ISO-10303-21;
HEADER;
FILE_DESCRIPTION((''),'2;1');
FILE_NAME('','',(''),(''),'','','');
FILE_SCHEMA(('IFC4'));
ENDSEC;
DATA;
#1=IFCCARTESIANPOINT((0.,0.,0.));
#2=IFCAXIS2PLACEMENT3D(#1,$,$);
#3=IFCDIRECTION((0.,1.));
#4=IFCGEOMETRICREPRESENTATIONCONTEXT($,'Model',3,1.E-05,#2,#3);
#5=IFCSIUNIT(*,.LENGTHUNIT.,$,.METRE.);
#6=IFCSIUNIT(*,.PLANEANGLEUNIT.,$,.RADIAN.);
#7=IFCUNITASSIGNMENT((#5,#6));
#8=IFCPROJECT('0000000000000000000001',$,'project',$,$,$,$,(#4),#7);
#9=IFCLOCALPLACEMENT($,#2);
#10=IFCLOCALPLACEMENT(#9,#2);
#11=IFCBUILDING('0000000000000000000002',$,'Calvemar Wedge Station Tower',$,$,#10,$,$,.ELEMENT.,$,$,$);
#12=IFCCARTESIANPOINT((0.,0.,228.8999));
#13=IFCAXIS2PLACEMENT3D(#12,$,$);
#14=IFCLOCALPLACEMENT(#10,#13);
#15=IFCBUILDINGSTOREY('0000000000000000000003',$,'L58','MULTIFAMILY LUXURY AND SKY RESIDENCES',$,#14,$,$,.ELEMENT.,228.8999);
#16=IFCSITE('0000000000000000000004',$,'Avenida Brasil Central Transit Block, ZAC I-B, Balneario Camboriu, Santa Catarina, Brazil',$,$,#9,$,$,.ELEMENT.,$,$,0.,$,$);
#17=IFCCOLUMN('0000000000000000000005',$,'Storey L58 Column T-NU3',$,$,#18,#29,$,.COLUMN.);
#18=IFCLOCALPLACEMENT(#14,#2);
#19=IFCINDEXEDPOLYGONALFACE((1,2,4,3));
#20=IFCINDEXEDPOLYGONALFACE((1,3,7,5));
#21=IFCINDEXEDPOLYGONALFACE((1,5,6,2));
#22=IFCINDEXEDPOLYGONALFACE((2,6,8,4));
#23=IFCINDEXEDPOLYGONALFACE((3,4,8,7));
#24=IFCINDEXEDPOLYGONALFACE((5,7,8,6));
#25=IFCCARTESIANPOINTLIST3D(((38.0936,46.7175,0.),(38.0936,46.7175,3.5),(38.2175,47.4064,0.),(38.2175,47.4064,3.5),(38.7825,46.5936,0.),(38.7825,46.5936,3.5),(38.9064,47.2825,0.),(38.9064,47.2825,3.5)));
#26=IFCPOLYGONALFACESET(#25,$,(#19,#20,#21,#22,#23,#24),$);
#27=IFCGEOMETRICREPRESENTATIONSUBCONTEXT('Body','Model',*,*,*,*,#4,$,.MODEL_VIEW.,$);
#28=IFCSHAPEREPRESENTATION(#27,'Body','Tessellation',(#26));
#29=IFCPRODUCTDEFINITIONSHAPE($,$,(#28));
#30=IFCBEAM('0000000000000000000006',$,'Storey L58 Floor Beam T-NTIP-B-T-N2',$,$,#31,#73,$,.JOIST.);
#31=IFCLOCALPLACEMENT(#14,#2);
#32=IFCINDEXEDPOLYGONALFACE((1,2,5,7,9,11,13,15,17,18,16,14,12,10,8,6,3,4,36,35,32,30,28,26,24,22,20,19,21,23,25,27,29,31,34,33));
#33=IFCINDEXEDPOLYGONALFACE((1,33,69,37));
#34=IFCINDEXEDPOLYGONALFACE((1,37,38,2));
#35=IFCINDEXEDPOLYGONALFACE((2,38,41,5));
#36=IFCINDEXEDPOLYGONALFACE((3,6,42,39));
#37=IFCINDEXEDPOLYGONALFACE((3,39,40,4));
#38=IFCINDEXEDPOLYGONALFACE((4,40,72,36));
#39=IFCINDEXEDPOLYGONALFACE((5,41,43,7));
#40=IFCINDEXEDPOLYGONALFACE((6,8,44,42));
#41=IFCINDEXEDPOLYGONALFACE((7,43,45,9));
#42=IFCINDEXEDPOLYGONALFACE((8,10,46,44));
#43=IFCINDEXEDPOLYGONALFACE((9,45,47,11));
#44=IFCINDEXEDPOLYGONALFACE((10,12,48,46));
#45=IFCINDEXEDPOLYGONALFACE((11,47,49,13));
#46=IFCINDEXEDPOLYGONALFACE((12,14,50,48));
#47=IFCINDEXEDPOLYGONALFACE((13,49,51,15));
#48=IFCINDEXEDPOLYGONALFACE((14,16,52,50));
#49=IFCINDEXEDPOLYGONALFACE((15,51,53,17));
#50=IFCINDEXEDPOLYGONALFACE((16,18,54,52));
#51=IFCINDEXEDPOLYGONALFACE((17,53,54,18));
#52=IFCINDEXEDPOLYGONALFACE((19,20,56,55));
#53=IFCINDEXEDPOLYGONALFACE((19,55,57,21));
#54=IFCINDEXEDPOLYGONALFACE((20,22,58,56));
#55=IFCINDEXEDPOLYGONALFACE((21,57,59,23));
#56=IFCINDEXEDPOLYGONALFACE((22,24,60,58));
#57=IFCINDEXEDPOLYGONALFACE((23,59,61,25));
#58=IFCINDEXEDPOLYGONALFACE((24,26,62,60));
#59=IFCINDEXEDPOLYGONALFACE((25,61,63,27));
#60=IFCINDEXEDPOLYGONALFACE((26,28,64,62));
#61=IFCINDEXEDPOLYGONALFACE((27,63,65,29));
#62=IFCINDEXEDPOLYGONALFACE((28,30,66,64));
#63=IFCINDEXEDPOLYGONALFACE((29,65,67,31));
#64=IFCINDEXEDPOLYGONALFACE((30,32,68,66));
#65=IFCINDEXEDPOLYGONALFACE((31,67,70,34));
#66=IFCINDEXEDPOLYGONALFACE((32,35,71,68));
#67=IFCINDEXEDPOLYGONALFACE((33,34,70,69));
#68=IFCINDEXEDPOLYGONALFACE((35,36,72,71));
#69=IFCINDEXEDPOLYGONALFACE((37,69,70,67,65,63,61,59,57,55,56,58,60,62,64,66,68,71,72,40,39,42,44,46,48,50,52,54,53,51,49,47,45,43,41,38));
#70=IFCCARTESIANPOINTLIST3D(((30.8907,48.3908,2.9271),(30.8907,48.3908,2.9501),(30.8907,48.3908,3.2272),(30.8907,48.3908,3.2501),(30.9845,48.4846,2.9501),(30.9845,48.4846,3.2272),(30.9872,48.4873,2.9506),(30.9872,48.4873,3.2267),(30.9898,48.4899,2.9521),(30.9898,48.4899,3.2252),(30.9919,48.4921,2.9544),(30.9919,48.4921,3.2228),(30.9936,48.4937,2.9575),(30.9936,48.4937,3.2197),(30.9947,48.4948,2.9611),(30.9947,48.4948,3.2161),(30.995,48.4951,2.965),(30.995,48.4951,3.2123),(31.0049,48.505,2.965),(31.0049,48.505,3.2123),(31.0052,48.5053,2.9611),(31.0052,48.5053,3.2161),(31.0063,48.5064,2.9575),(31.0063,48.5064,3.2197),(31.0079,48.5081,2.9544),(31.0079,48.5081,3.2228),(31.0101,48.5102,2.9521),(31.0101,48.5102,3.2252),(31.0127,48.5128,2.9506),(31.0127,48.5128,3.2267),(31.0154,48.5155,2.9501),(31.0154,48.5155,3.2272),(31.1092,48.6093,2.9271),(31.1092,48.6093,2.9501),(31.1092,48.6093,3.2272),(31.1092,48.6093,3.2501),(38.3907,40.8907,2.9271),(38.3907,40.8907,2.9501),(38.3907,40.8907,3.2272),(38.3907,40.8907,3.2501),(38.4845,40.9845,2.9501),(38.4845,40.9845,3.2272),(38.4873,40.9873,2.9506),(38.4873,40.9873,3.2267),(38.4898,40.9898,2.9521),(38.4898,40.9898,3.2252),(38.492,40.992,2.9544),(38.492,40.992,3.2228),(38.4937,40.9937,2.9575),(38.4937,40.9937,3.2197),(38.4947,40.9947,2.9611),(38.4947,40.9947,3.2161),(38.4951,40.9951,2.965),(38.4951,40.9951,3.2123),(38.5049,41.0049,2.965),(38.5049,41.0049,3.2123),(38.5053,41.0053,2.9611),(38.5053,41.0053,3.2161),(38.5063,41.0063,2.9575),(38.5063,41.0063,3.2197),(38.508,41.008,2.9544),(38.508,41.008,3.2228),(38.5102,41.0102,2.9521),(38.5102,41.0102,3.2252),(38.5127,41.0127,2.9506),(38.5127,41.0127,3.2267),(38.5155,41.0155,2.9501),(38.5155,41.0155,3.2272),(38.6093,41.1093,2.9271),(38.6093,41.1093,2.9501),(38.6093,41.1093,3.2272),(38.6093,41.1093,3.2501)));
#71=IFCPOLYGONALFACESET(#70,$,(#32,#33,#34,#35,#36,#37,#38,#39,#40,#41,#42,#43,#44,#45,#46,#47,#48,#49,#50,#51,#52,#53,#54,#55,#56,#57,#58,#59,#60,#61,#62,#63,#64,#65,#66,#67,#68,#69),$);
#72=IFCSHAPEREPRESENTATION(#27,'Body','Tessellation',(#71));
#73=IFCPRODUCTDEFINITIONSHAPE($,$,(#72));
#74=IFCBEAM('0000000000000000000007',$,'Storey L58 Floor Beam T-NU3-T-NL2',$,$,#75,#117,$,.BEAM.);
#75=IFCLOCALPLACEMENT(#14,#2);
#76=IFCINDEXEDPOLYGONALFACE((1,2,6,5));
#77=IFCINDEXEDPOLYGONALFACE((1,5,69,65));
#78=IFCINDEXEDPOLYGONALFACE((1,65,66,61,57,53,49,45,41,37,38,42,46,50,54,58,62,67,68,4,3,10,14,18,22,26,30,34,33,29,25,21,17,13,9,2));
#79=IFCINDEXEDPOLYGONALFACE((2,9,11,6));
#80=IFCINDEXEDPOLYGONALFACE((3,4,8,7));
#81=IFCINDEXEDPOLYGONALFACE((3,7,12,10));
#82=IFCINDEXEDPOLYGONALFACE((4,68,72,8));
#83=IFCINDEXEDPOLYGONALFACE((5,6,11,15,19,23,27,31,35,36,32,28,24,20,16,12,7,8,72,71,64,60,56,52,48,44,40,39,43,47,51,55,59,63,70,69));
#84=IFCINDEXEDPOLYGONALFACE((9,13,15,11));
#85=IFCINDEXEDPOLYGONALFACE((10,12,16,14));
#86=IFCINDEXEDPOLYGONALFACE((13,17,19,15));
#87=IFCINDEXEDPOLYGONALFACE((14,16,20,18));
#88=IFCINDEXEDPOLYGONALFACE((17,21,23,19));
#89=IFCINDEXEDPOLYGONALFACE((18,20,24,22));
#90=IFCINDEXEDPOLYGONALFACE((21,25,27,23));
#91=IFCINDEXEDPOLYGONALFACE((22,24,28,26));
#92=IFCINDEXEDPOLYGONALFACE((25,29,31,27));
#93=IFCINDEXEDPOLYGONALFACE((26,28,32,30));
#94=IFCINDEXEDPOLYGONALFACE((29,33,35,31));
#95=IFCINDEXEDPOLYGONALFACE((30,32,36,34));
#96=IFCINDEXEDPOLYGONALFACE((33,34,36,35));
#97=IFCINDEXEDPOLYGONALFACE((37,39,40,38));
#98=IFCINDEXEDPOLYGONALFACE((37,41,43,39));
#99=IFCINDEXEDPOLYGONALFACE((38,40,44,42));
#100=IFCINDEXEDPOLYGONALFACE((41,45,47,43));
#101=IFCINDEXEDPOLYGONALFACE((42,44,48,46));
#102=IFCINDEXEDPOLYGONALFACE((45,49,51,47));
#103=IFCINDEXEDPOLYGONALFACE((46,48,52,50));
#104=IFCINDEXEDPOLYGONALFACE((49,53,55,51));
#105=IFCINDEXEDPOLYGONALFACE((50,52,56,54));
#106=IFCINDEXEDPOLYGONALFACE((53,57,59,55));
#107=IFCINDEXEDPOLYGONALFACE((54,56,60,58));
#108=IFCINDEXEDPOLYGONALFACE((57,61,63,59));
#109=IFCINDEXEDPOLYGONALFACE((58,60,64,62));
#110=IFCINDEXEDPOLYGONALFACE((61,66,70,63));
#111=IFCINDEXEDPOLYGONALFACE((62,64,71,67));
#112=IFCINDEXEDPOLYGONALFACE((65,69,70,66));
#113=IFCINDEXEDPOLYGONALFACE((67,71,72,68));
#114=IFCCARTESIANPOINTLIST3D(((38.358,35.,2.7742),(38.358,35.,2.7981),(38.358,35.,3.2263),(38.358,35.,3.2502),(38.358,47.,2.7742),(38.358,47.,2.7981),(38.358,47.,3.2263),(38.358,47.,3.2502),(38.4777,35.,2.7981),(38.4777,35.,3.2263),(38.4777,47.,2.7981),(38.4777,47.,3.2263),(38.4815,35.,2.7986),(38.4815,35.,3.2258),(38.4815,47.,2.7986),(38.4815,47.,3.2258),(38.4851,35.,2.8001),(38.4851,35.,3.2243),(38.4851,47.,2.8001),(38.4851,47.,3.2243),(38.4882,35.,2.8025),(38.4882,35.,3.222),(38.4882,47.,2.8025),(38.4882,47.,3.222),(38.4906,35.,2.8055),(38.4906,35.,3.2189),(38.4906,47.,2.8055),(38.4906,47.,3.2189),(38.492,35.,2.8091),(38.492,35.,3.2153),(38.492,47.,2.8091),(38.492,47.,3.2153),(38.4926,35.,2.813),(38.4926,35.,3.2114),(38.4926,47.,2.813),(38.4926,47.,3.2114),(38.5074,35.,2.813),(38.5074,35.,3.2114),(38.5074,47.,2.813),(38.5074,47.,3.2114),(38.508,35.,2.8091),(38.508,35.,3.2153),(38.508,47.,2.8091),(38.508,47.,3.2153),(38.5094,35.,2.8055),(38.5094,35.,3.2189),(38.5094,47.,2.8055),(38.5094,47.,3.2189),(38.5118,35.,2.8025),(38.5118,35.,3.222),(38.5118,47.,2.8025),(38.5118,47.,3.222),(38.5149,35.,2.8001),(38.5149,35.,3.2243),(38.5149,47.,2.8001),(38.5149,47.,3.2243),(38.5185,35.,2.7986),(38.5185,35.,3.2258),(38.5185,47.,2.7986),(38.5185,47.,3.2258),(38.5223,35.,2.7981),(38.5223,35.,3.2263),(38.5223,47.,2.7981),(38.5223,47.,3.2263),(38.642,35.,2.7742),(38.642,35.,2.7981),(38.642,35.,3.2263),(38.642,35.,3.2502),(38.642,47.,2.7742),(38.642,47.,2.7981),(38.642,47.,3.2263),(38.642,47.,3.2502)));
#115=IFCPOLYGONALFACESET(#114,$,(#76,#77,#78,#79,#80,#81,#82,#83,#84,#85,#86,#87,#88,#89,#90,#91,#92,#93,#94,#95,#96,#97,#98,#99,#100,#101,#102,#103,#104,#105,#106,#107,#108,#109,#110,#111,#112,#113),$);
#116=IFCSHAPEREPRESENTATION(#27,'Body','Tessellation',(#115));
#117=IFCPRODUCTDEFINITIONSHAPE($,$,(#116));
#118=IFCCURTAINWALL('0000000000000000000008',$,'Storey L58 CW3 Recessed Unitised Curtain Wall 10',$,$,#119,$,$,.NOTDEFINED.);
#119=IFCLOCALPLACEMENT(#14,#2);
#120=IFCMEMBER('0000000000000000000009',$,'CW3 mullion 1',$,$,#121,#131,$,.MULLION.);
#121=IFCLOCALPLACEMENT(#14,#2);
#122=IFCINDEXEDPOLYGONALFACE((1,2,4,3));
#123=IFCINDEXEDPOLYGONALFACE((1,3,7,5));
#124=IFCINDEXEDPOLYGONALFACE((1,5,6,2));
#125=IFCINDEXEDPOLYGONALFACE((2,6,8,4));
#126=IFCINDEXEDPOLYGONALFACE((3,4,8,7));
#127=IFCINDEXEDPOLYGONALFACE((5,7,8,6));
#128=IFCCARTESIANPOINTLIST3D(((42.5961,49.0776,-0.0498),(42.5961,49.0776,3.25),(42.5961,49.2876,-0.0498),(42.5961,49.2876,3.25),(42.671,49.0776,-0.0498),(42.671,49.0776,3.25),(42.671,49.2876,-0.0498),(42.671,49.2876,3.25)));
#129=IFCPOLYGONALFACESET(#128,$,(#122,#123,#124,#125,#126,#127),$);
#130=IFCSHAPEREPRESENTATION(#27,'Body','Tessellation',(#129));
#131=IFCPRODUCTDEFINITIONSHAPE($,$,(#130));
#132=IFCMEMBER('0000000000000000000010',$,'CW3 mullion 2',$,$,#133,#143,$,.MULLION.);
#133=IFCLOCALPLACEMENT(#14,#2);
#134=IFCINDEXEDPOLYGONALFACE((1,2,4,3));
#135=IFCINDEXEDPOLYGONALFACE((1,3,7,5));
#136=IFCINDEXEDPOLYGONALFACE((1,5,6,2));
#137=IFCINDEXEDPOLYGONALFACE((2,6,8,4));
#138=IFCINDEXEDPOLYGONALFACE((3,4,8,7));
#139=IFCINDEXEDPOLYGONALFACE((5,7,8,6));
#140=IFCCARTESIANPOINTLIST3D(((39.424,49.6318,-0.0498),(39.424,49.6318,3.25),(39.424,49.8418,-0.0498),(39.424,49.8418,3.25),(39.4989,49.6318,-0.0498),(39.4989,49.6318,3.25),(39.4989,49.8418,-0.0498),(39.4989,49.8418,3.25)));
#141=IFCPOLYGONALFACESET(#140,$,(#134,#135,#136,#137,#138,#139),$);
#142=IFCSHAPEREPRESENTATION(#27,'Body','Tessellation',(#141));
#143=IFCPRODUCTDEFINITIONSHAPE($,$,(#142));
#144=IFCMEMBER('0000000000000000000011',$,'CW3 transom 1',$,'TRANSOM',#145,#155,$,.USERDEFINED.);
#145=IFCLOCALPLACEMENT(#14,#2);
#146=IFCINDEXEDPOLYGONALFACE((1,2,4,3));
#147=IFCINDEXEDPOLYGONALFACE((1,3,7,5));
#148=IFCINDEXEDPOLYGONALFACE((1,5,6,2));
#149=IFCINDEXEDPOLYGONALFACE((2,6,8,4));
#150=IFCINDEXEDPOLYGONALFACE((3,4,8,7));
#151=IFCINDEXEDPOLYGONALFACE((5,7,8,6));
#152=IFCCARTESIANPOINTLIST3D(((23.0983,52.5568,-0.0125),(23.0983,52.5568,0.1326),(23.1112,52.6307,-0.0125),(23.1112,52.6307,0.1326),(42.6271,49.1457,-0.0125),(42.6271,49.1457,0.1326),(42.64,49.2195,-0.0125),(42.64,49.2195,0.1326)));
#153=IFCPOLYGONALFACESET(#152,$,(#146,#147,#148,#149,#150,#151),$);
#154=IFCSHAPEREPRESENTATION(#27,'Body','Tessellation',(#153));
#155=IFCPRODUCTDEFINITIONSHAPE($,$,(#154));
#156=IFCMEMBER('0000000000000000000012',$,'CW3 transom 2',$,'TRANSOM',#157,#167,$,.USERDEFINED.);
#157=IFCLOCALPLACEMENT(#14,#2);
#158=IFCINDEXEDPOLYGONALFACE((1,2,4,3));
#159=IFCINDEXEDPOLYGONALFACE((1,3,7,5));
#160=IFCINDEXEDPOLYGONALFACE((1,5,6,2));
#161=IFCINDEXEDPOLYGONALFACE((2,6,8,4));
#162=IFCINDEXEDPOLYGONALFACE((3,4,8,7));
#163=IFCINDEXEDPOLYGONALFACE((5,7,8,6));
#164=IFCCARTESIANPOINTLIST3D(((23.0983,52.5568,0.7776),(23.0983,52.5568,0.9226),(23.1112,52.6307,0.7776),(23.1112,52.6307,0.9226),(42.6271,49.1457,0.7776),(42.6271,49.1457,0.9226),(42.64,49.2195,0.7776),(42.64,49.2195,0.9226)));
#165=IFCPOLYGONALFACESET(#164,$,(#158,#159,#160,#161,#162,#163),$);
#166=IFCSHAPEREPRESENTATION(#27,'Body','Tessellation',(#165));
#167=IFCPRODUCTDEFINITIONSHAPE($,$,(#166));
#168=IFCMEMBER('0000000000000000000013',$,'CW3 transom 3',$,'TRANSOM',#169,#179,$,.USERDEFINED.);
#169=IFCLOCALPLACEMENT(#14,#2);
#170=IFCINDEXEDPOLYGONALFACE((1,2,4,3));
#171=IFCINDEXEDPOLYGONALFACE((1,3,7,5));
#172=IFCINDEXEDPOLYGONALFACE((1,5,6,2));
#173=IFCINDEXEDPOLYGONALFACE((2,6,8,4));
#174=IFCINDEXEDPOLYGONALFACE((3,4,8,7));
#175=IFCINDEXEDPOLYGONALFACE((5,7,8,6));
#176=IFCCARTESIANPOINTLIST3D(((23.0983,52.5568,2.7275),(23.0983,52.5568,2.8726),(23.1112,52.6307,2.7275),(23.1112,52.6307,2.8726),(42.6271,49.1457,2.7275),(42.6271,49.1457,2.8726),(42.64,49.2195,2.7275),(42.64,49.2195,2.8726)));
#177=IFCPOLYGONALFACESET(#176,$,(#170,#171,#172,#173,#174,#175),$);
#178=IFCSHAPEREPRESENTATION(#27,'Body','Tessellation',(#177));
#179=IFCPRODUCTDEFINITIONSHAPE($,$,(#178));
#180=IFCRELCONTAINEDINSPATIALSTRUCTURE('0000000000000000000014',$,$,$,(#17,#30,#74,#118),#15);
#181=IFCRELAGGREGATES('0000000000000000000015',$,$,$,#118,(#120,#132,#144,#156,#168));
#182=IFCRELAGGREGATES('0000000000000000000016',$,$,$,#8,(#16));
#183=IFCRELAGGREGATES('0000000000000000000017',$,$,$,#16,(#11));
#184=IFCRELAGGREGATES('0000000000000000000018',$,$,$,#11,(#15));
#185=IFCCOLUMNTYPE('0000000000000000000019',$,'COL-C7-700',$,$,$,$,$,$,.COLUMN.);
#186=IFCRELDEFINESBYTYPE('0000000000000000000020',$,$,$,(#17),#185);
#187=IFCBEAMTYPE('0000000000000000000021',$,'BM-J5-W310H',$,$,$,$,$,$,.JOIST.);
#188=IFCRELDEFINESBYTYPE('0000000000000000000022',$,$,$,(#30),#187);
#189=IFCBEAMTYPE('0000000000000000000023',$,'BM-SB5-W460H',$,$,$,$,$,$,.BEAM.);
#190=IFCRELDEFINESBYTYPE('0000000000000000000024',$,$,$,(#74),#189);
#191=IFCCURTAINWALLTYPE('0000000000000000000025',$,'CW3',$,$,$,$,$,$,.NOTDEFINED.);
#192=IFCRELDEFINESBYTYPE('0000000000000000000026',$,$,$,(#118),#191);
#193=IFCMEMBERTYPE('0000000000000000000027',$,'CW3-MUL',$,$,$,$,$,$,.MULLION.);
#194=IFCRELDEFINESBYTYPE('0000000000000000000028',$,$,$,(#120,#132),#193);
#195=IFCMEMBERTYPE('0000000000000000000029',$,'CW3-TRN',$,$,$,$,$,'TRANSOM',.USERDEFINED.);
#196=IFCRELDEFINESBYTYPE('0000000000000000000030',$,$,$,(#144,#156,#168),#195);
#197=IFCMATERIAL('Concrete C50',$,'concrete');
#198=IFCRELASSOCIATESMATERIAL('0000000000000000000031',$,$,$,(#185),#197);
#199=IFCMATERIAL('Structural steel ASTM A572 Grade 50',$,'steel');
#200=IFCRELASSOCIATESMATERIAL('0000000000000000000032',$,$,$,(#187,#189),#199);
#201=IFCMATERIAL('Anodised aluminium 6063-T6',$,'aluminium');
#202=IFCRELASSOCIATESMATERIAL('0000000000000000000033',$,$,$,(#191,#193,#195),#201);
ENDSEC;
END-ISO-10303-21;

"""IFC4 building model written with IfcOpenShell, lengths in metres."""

from ifc_helpers import new_model, si_unit, direction, frame, origin, origin_2d, place, context, subcontext, project, spatial, rectangle, i_section, extrude, source, transform, mapped, material, material_profile, profile_set, type_object, element, aggregate, save


model = new_model("IFC4")

# Units and contexts
model_context = context("Model", 3, precision=1e-05, world=origin(), true_north=direction((0.0, 1.0)))
body_context = subcontext(model_context, "Body", "Model", "MODEL_VIEW")
ifc_project = project(units=[si_unit("LENGTHUNIT", "METRE"), si_unit("PLANEANGLEUNIT", "RADIAN")], contexts=[model_context])

# Site, building, storey
site_placement = place(None, origin())
site = spatial("IfcSite", under=ifc_project, at=site_placement, Name="Avenida Brasil Central Transit Block, ZAC I-B, Balneario Camboriu, Santa Catarina, Brazil", CompositionType="ELEMENT", RefElevation=0.0)
building_placement = place(site_placement, origin())
building = spatial("IfcBuilding", under=site, at=building_placement, Name="Calvemar Wedge Station Tower", CompositionType="ELEMENT")
storey_placement = place(building_placement, frame((0.0, 0.0, 228.8999)))
storey = spatial("IfcBuildingStorey", under=building, at=storey_placement, Name="L58", Description="MULTIFAMILY LUXURY AND SKY RESIDENCES", CompositionType="ELEMENT", Elevation=228.8999)

# Column
ifc_material_1 = material(Name="Concrete C50", Category="concrete")
ifc_material_profile_1 = material_profile(ifc_material_1, rectangle(XDim=0.7, YDim=0.7, at=origin_2d()), Name="RC700x700")
ifc_profile_set_1 = profile_set([ifc_material_profile_1], Name="Concrete C50")
column_type = type_object("IfcColumnType", Name="COL-C7-700", PredefinedType="COLUMN", material=ifc_profile_set_1)
shared_shape_1 = source(origin(), body_context, "Body", "SweptSolid", [
    extrude(rectangle(XDim=0.7, YDim=0.7, at=origin_2d()), origin(), (0.0, 0.0, 1.0), 3.5),
])
column_placement = place(storey_placement, frame((38.5, 47.0, 0.0), z_axis=(0.0, 0.0, 1.0), x_axis=(0.984196, -0.177085, 0.0)))
element("IfcColumn", 1, at=column_placement, inside=storey, type_object=column_type, Name="Storey L58 Column T-NU3", PredefinedType="COLUMN", context=body_context, shape_type="MappedRepresentation", body=[
    mapped(shared_shape_1, transform((0.0, 0.0, 0.0), scale=1.0)),
])

# Beams
ifc_material_2 = material(Name="Structural steel ASTM A572 Grade 50", Category="steel")
ifc_material_profile_2 = material_profile(ifc_material_2, i_section(OverallWidth=0.3091, OverallDepth=0.323, WebThickness=0.0139, FlangeThickness=0.0229, FilletRadius=0.0149, at=origin_2d()), Name="W310x143")
ifc_profile_set_2 = profile_set([ifc_material_profile_2], Name="Structural steel ASTM A572 Grade 50")
beam_type_1 = type_object("IfcBeamType", Name="BM-J5-W310H", PredefinedType="JOIST", material=ifc_profile_set_2)
shared_shape_2 = source(origin(), body_context, "Body", "SweptSolid", [
    extrude(i_section(OverallWidth=0.3091, OverallDepth=0.323, WebThickness=0.0139, FlangeThickness=0.0229, FilletRadius=0.0149, at=origin_2d()), origin(), (0.0, 0.0, 1.0), 10.6067),
])
beam_1_placement = place(storey_placement, frame((38.5, 41.0, 3.0886), z_axis=(-0.707107, 0.707107, 0.0), x_axis=(-0.707107, -0.707107, 0.0)))
element("IfcBeam", 2, at=beam_1_placement, inside=storey, type_object=beam_type_1, Name="Storey L58 Floor Beam T-NTIP-B-T-N2", PredefinedType="JOIST", context=body_context, shape_type="MappedRepresentation", body=[
    mapped(shared_shape_2, transform((0.0, 0.0, 0.0), scale=1.0)),
])
ifc_material_profile_3 = material_profile(ifc_material_2, i_section(OverallWidth=0.2839, OverallDepth=0.4761, WebThickness=0.0149, FlangeThickness=0.0239, FilletRadius=0.0149, at=origin_2d()), Name="W460x158")
ifc_profile_set_3 = profile_set([ifc_material_profile_3], Name="Structural steel ASTM A572 Grade 50")
beam_type_2 = type_object("IfcBeamType", Name="BM-SB5-W460H", PredefinedType="BEAM", material=ifc_profile_set_3)
shared_shape_3 = source(origin(), body_context, "Body", "SweptSolid", [
    extrude(i_section(OverallWidth=0.2839, OverallDepth=0.4761, WebThickness=0.0149, FlangeThickness=0.0239, FilletRadius=0.0149, at=origin_2d()), origin(), (0.0, 0.0, 1.0), 12.0),
])
beam_2_placement = place(storey_placement, frame((38.5, 47.0, 3.0122), z_axis=(0.0, -1.0, 0.0), x_axis=(1.0, 0.0, 0.0)))
element("IfcBeam", 3, at=beam_2_placement, inside=storey, type_object=beam_type_2, Name="Storey L58 Floor Beam T-NU3-T-NL2", PredefinedType="BEAM", context=body_context, shape_type="MappedRepresentation", body=[
    mapped(shared_shape_3, transform((0.0, 0.0, 0.0), scale=1.0)),
])

# Curtain wall, members
ifc_material_3 = material(Name="Anodised aluminium 6063-T6", Category="aluminium")
curtain_wall_type = type_object("IfcCurtainWallType", Name="CW3", PredefinedType="NOTDEFINED", material=ifc_material_3)
curtain_wall_placement = place(storey_placement, origin())
curtain_wall = element("IfcCurtainWall", 4, at=curtain_wall_placement, inside=storey, type_object=curtain_wall_type, Name="Storey L58 CW3 Recessed Unitised Curtain Wall 10", PredefinedType="NOTDEFINED")
ifc_material_profile_4 = material_profile(ifc_material_3, rectangle(XDim=0.075, YDim=0.21, at=origin_2d()), Name="AL-MUL-75x210")
ifc_profile_set_4 = profile_set([ifc_material_profile_4], Name="Anodised aluminium 6063-T6")
member_type_1 = type_object("IfcMemberType", Name="CW3-MUL", PredefinedType="MULLION", material=ifc_profile_set_4)
shared_shape_4 = source(origin(), body_context, "Body", "SweptSolid", [
    extrude(rectangle(XDim=0.075, YDim=0.21, at=origin_2d()), origin(), (0.0, 0.0, 1.0), 3.2998),
])
member_1_placement = place(storey_placement, frame((42.6335, 49.1826, -0.0498), z_axis=(0.0, 0.0, 1.0), x_axis=(1.0, 0.0, 0.0)))
member_1 = element("IfcMember", 5, at=member_1_placement, type_object=member_type_1, Name="CW3 mullion 1", PredefinedType="MULLION", context=body_context, shape_type="MappedRepresentation", body=[
    mapped(shared_shape_4, transform((0.0, 0.0, 0.0), scale=1.0)),
])
member_2_placement = place(storey_placement, frame((39.4614, 49.7368, -0.0498), z_axis=(0.0, 0.0, 1.0), x_axis=(1.0, 0.0, 0.0)))
member_2 = element("IfcMember", 6, at=member_2_placement, type_object=member_type_1, Name="CW3 mullion 2", PredefinedType="MULLION", context=body_context, shape_type="MappedRepresentation", body=[
    mapped(shared_shape_4, transform((0.0, 0.0, 0.0), scale=1.0)),
])
ifc_material_profile_5 = material_profile(ifc_material_3, rectangle(XDim=0.075, YDim=0.145, at=origin_2d()), Name="AL-TRN-75x145")
ifc_profile_set_5 = profile_set([ifc_material_profile_5], Name="Anodised aluminium 6063-T6")
member_type_2 = type_object("IfcMemberType", Name="CW3-TRN", ElementType="TRANSOM", PredefinedType="USERDEFINED", material=ifc_profile_set_5)
shared_shape_5 = source(origin(), body_context, "Body", "SweptSolid", [
    extrude(rectangle(XDim=0.075, YDim=0.145, at=origin_2d()), origin(), (0.0, 0.0, 1.0), 19.8245),
])
member_3_placement = place(storey_placement, frame((42.6335, 49.1826, 0.0601), z_axis=(-0.985085, 0.172067, 0.0), x_axis=(-0.172067, -0.985085, 0.0)))
member_3 = element("IfcMember", 7, at=member_3_placement, type_object=member_type_2, Name="CW3 transom 1", ObjectType="TRANSOM", PredefinedType="USERDEFINED", context=body_context, shape_type="MappedRepresentation", body=[
    mapped(shared_shape_5, transform((0.0, 0.0, 0.0), scale=1.0)),
])
member_4_placement = place(storey_placement, frame((42.6335, 49.1826, 0.8501), z_axis=(-0.985085, 0.172067, 0.0), x_axis=(-0.172067, -0.985085, 0.0)))
member_4 = element("IfcMember", 8, at=member_4_placement, type_object=member_type_2, Name="CW3 transom 2", ObjectType="TRANSOM", PredefinedType="USERDEFINED", context=body_context, shape_type="MappedRepresentation", body=[
    mapped(shared_shape_5, transform((0.0, 0.0, 0.0), scale=1.0)),
])
member_5_placement = place(storey_placement, frame((42.6335, 49.1826, 2.8), z_axis=(-0.985085, 0.172067, 0.0), x_axis=(-0.172067, -0.985085, 0.0)))
member_5 = element("IfcMember", 9, at=member_5_placement, type_object=member_type_2, Name="CW3 transom 3", ObjectType="TRANSOM", PredefinedType="USERDEFINED", context=body_context, shape_type="MappedRepresentation", body=[
    mapped(shared_shape_5, transform((0.0, 0.0, 0.0), scale=1.0)),
])
aggregate(curtain_wall, [member_1, member_2, member_3, member_4, member_5])

save(model, "model.ifc")
